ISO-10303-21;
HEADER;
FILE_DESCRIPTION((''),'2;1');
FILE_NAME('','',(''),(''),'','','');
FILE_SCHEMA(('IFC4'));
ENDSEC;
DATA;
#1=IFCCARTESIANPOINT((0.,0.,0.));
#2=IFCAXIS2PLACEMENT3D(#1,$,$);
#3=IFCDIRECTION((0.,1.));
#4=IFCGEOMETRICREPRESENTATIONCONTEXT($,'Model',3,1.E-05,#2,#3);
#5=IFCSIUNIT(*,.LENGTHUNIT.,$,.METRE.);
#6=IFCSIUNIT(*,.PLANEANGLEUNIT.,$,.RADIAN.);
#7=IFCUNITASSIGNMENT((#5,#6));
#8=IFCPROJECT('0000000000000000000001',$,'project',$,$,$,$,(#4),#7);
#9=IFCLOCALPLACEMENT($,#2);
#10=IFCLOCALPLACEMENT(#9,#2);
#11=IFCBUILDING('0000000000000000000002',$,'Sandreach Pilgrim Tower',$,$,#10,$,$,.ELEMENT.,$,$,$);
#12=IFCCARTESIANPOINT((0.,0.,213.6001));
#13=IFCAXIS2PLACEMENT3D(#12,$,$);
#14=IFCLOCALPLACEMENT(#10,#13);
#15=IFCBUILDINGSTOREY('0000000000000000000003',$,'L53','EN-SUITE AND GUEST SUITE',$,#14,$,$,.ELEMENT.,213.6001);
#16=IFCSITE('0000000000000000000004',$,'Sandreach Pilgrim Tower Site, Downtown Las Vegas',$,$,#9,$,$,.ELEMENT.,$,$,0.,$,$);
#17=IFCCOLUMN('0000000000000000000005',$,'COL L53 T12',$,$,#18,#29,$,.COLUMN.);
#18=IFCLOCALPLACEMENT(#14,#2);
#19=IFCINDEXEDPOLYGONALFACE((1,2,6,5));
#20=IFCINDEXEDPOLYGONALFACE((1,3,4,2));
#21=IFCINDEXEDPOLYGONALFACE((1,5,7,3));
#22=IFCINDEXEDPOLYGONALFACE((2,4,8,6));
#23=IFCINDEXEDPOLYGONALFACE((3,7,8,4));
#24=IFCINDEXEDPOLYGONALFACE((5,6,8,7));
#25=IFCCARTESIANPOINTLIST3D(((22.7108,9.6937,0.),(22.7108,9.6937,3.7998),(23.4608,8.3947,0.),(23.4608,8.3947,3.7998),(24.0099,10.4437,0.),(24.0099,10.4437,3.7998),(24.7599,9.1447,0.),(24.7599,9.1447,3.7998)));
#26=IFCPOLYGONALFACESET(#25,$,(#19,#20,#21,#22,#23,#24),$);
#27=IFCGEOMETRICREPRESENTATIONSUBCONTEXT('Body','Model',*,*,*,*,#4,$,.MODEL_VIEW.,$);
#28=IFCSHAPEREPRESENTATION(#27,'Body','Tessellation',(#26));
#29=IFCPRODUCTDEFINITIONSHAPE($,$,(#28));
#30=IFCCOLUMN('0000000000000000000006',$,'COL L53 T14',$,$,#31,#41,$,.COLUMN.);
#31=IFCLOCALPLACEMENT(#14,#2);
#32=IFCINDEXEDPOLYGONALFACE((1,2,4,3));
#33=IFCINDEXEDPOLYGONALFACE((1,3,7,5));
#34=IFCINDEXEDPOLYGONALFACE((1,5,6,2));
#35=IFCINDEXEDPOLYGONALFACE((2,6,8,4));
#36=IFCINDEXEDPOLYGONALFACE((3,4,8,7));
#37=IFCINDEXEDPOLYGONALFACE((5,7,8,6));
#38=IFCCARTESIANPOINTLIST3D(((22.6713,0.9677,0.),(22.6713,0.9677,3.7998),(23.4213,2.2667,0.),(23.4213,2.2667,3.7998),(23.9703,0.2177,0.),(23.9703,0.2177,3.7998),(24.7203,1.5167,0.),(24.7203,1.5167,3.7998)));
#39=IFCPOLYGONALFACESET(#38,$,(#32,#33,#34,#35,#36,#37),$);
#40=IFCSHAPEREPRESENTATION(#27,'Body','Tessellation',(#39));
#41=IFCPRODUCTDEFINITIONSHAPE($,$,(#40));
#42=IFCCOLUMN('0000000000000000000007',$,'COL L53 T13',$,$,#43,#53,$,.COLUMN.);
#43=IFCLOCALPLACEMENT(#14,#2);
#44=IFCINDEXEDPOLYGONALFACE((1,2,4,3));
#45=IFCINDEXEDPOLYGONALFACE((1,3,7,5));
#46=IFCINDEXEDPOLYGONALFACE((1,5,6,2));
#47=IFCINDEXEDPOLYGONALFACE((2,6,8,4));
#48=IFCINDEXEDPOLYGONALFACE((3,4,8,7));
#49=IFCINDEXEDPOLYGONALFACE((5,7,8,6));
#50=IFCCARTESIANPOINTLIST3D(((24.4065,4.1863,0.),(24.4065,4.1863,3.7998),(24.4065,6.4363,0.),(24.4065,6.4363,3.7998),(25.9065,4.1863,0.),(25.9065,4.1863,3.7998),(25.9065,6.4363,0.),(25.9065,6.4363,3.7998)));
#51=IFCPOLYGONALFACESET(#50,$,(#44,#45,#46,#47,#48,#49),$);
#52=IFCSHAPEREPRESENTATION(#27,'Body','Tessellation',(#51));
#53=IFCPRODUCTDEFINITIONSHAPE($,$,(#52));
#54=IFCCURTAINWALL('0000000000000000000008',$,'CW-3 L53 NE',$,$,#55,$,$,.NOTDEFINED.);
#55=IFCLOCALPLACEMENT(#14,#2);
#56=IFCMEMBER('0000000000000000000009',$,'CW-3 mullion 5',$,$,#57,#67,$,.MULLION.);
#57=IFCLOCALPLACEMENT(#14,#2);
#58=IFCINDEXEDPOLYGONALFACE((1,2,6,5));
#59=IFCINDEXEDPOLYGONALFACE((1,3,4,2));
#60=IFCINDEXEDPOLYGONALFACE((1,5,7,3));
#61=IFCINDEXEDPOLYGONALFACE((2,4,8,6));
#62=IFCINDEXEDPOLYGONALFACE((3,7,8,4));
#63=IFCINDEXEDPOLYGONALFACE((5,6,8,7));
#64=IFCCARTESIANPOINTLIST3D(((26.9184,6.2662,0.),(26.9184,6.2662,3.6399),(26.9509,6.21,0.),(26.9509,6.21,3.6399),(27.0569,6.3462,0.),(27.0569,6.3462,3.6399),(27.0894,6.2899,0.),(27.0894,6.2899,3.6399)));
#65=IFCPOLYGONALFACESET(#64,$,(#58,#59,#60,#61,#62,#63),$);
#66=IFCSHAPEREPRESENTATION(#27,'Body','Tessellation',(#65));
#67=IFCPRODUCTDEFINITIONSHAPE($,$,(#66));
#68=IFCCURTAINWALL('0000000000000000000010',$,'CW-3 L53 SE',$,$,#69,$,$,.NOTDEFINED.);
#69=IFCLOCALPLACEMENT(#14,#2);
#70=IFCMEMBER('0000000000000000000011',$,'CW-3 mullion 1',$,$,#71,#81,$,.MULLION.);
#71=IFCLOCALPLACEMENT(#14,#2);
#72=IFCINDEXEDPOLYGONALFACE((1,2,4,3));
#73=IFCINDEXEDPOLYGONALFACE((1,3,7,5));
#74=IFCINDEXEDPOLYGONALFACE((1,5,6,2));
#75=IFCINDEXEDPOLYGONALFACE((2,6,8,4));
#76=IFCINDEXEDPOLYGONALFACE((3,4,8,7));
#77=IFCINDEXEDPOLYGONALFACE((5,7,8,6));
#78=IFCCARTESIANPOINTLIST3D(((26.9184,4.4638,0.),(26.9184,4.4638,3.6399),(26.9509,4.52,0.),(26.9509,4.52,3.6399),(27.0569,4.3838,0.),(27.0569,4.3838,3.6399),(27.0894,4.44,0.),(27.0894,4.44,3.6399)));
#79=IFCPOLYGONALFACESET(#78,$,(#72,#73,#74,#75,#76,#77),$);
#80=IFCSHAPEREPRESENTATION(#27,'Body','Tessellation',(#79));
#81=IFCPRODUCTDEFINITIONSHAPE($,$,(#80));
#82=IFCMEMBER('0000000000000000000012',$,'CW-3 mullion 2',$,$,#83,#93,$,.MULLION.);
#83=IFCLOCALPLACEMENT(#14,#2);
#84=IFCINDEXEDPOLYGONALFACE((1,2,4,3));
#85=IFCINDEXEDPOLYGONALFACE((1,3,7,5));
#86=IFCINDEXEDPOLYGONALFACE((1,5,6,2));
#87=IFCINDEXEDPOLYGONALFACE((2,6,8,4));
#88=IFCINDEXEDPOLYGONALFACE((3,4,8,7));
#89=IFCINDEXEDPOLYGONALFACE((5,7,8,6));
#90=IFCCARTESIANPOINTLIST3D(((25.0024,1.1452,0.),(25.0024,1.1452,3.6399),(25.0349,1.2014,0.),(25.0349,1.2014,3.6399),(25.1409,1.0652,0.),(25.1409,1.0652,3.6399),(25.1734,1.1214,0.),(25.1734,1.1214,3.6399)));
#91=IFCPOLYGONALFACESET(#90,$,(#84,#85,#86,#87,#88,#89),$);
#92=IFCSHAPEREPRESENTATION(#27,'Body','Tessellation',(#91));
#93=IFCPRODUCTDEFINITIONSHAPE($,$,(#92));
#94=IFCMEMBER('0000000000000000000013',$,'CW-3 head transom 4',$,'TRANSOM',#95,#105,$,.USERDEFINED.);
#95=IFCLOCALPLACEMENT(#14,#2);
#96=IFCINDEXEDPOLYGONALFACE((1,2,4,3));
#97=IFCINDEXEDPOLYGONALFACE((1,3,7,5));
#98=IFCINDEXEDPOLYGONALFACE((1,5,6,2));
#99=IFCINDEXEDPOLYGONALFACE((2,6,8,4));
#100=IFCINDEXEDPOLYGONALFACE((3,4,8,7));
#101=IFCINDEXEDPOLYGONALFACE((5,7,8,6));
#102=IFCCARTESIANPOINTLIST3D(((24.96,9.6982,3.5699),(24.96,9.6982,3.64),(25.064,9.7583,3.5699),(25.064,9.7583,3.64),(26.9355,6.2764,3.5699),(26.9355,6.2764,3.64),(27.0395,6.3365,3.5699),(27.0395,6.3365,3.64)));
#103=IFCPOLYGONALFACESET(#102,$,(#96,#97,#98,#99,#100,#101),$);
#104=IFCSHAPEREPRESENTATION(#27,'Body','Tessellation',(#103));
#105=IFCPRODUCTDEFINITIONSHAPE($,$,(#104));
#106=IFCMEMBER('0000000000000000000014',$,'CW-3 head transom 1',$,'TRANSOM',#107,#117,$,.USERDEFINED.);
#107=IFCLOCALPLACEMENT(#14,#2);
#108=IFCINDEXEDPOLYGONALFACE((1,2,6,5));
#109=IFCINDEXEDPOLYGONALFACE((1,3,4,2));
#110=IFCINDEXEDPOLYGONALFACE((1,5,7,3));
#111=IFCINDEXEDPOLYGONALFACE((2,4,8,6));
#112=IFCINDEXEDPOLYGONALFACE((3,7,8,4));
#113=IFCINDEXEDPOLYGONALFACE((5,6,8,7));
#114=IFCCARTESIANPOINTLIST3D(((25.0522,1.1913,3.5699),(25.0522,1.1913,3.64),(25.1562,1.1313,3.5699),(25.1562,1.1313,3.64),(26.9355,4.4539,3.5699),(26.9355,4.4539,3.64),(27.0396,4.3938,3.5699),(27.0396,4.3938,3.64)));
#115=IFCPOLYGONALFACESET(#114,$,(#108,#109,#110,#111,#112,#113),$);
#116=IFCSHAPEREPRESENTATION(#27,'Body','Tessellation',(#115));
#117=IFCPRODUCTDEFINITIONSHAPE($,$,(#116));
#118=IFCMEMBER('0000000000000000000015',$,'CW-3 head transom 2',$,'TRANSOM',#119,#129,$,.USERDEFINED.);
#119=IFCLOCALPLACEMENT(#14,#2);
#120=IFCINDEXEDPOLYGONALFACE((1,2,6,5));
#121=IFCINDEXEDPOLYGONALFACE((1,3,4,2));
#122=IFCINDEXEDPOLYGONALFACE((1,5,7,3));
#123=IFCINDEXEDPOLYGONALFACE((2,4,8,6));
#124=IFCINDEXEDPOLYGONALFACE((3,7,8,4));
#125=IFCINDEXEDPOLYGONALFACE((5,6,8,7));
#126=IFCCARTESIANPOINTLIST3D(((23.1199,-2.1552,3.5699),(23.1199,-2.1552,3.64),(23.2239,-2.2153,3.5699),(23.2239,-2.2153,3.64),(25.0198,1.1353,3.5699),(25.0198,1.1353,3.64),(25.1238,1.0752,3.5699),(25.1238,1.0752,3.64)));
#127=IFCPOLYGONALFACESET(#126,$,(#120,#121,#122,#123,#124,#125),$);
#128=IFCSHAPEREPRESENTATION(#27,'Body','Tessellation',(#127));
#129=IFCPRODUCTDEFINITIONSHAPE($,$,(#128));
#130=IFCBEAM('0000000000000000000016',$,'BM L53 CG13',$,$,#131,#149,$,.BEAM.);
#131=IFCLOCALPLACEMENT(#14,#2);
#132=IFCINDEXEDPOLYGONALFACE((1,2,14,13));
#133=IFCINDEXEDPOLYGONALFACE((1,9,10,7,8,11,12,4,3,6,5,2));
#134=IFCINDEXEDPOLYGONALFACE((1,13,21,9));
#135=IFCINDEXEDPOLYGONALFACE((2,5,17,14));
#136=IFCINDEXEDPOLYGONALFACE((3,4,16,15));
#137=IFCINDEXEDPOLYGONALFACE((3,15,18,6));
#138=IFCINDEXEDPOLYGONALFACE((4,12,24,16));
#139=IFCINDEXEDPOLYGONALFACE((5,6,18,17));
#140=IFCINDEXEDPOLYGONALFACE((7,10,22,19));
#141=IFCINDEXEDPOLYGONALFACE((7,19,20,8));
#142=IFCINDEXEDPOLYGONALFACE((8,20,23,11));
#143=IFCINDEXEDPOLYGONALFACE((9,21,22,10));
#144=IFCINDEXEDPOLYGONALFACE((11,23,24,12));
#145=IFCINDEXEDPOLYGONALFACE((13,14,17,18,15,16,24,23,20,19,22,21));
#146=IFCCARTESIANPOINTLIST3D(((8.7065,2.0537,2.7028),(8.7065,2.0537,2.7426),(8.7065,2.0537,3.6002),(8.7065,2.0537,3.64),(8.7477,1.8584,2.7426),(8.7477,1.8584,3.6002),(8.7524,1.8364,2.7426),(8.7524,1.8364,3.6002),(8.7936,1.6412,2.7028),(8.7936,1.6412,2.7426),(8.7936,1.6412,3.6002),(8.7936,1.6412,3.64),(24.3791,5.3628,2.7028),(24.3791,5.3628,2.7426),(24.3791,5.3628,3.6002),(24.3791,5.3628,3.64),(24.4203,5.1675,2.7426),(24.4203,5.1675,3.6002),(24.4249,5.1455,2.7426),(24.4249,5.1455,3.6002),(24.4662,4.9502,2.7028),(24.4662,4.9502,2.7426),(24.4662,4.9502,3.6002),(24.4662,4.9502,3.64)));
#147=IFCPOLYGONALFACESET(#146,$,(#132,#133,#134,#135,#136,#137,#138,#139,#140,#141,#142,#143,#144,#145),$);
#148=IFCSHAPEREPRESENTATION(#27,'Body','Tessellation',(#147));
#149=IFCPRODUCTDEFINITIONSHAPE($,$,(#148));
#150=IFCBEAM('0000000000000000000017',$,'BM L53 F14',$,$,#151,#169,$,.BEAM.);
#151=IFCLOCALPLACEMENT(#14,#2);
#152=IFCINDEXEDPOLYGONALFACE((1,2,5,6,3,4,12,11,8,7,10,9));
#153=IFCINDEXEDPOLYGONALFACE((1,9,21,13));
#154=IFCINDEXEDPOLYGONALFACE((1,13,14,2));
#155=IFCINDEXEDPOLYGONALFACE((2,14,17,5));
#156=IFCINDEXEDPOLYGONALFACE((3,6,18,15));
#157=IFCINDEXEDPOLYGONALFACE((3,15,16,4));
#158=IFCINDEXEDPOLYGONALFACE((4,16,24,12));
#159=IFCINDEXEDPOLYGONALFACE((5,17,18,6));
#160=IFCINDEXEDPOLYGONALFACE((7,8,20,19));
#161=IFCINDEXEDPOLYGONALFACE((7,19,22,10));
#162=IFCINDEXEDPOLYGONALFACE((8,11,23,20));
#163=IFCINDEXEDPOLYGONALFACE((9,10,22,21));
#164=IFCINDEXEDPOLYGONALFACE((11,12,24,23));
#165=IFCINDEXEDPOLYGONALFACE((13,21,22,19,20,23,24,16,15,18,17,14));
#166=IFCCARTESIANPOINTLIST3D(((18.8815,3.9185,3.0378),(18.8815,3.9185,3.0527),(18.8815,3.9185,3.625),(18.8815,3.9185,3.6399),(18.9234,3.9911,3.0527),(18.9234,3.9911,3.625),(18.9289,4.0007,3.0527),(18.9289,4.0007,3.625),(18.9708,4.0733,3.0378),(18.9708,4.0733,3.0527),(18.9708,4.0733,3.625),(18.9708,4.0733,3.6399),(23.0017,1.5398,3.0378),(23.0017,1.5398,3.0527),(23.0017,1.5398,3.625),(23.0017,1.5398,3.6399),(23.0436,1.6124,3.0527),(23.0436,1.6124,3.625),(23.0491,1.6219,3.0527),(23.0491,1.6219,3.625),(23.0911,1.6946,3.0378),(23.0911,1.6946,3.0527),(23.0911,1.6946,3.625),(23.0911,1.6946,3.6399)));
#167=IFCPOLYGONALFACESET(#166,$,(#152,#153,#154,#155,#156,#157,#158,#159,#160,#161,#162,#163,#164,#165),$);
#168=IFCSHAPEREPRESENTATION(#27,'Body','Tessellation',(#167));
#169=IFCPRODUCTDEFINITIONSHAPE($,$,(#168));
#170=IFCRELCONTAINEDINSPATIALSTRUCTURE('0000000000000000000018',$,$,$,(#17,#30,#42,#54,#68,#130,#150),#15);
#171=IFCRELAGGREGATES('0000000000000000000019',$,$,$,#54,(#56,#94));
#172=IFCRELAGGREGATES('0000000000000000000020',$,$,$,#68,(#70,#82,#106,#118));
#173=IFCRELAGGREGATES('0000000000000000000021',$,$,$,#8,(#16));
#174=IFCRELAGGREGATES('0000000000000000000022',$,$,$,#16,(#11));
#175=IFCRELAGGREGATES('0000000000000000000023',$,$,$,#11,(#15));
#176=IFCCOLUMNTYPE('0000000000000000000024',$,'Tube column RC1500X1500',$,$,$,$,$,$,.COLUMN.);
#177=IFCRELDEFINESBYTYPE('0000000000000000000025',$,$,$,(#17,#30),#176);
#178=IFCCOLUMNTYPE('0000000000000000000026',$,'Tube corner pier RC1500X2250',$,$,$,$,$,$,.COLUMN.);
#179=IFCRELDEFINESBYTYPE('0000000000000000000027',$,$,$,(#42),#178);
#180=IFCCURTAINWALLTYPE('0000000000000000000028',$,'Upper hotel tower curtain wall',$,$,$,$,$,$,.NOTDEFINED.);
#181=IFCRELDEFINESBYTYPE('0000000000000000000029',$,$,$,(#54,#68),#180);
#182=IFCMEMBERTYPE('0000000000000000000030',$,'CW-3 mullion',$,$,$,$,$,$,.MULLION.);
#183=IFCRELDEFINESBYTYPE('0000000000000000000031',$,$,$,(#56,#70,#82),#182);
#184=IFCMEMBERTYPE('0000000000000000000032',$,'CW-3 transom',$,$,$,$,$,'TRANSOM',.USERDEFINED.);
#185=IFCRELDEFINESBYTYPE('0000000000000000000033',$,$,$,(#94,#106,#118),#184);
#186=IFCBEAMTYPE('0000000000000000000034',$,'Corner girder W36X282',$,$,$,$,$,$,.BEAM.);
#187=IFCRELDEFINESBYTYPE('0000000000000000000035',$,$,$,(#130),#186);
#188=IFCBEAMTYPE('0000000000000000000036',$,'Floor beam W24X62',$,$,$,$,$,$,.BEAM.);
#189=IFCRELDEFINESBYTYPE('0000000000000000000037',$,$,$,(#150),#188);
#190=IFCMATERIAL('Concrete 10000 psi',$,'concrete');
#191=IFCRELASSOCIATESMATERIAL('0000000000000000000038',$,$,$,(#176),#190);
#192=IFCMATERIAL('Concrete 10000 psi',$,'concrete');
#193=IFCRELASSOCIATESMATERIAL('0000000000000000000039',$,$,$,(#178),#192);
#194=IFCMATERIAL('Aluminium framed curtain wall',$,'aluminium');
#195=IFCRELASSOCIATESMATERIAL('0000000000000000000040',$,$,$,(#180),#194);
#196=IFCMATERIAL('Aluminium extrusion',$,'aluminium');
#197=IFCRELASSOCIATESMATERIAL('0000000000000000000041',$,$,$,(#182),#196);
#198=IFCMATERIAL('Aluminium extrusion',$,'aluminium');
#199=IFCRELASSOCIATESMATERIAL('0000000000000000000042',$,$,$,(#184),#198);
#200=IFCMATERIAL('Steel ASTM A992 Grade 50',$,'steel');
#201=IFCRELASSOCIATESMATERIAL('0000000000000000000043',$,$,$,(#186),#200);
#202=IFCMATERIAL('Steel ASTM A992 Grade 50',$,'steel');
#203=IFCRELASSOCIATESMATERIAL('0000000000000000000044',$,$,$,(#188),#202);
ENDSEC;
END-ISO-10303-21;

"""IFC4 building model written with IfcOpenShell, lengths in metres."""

from ifc_helpers import new_model, si_unit, direction, frame, origin, origin_2d, place, context, subcontext, project, spatial, rectangle, i_section, extrude, material, material_profile, profile_set, type_object, element, aggregate, save


model = new_model("IFC4")

# Units and contexts
model_context = context("Model", 3, precision=1e-05, world=origin(), true_north=direction((0.0, 1.0)))
body_context = subcontext(model_context, "Body", "Model", "MODEL_VIEW")
ifc_project = project(units=[si_unit("LENGTHUNIT", "METRE"), si_unit("PLANEANGLEUNIT", "RADIAN")], contexts=[model_context])

# Site, building, storey
site_placement = place(None, origin())
site = spatial("IfcSite", under=ifc_project, at=site_placement, Name="Sandreach Pilgrim Tower Site, Downtown Las Vegas", CompositionType="ELEMENT", RefElevation=0.0)
building_placement = place(site_placement, origin())
building = spatial("IfcBuilding", under=site, at=building_placement, Name="Sandreach Pilgrim Tower", CompositionType="ELEMENT")
storey_placement = place(building_placement, frame((0.0, 0.0, 213.6001)))
storey = spatial("IfcBuildingStorey", under=building, at=storey_placement, Name="L53", Description="EN-SUITE AND GUEST SUITE", CompositionType="ELEMENT", Elevation=213.6001)

# Columns
ifc_material_1 = material(Name="Concrete 10000 psi", Category="concrete")
ifc_material_profile_1 = material_profile(ifc_material_1, rectangle(XDim=1.5, YDim=1.5, at=origin_2d()), Name="RC1500X1500")
ifc_profile_set_1 = profile_set([ifc_material_profile_1], Name="Concrete 10000 psi")
column_type_1 = type_object("IfcColumnType", Name="Tube column RC1500X1500", PredefinedType="COLUMN", material=ifc_profile_set_1)
for number, where, z_axis, x_axis, name in (
    (1, (23.7354, 9.4192, 0.0), (0.0, 0.0, 1.0), (0.866025, 0.5, 0.0), "COL L53 T12"),
    (2, (23.6958, 1.2422, 0.0), (0.0, 0.0, 1.0), (0.866025, -0.5, 0.0), "COL L53 T14"),
):
    element("IfcColumn", number, at=place(storey_placement, frame(where, z_axis=z_axis, x_axis=x_axis)), inside=storey, type_object=column_type_1, Name=name, PredefinedType="COLUMN", context=body_context, shape_type="SweptSolid", body=[
        extrude(rectangle(XDim=1.5, YDim=1.5, at=origin_2d()), origin(), (0.0, 0.0, 1.0), 3.7998),
    ])
ifc_material_2 = material(Name="Concrete 10000 psi", Category="concrete")
ifc_material_profile_2 = material_profile(ifc_material_2, rectangle(XDim=1.5, YDim=2.25, at=origin_2d()), Name="RC1500X2250")
ifc_profile_set_2 = profile_set([ifc_material_profile_2], Name="Concrete 10000 psi")
column_type_2 = type_object("IfcColumnType", Name="Tube corner pier RC1500X2250", PredefinedType="COLUMN", material=ifc_profile_set_2)
column_placement = place(storey_placement, frame((25.1565, 5.3113, 0.0), z_axis=(0.0, 0.0, 1.0), x_axis=(1.0, 0.0, 0.0)))
element("IfcColumn", 3, at=column_placement, inside=storey, type_object=column_type_2, Name="COL L53 T13", PredefinedType="COLUMN", context=body_context, shape_type="SweptSolid", body=[
    extrude(rectangle(XDim=1.5, YDim=2.25, at=origin_2d()), origin(), (0.0, 0.0, 1.0), 3.7998),
])

# Curtain wall, member
ifc_material_3 = material(Name="Aluminium framed curtain wall", Category="aluminium")
curtain_wall_type = type_object("IfcCurtainWallType", Name="Upper hotel tower curtain wall", PredefinedType="NOTDEFINED", material=ifc_material_3)
curtain_wall_1_placement = place(storey_placement, origin())
curtain_wall_1 = element("IfcCurtainWall", 4, at=curtain_wall_1_placement, inside=storey, type_object=curtain_wall_type, Name="CW-3 L53 NE", PredefinedType="NOTDEFINED")
ifc_material_4 = material(Name="Aluminium extrusion", Category="aluminium")
ifc_material_profile_3 = material_profile(ifc_material_4, rectangle(XDim=0.0649, YDim=0.1599, at=origin_2d()), Name="CW-3M 65X160")
ifc_profile_set_3 = profile_set([ifc_material_profile_3], Name="Aluminium extrusion")
member_type_1 = type_object("IfcMemberType", Name="CW-3 mullion", PredefinedType="MULLION", material=ifc_profile_set_3)
member_1_placement = place(storey_placement, frame((27.0039, 6.2781, 0.0), z_axis=(0.0, 0.0, 1.0), x_axis=(0.5, -0.866025, 0.0)))
member_1 = element("IfcMember", 5, at=member_1_placement, type_object=member_type_1, Name="CW-3 mullion 5", PredefinedType="MULLION", context=body_context, shape_type="SweptSolid", body=[
    extrude(rectangle(XDim=0.0649, YDim=0.1599, at=origin_2d()), origin(), (0.0, 0.0, 1.0), 3.6399),
])

# Curtain wall, members
curtain_wall_2_placement = place(storey_placement, origin())
curtain_wall_2 = element("IfcCurtainWall", 6, at=curtain_wall_2_placement, inside=storey, type_object=curtain_wall_type, Name="CW-3 L53 SE", PredefinedType="NOTDEFINED")
member_2_placement = place(storey_placement, frame((27.0039, 4.4519, 0.0), z_axis=(0.0, 0.0, 1.0), x_axis=(-0.5, -0.866025, 0.0)))
member_2 = element("IfcMember", 7, at=member_2_placement, type_object=member_type_1, Name="CW-3 mullion 1", PredefinedType="MULLION", context=body_context, shape_type="SweptSolid", body=[
    extrude(rectangle(XDim=0.0649, YDim=0.1599, at=origin_2d()), origin(), (0.0, 0.0, 1.0), 3.6399),
])
member_3_placement = place(storey_placement, frame((25.0879, 1.1333, 0.0), z_axis=(0.0, 0.0, 1.0), x_axis=(-0.5, -0.866025, 0.0)))
member_3 = element("IfcMember", 8, at=member_3_placement, type_object=member_type_1, Name="CW-3 mullion 2", PredefinedType="MULLION", context=body_context, shape_type="SweptSolid", body=[
    extrude(rectangle(XDim=0.0649, YDim=0.1599, at=origin_2d()), origin(), (0.0, 0.0, 1.0), 3.6399),
])

# Members
ifc_material_5 = material(Name="Aluminium extrusion", Category="aluminium")
ifc_material_profile_4 = material_profile(ifc_material_5, rectangle(XDim=0.1201, YDim=0.0701, at=origin_2d()), Name="CW-3T 120X70")
ifc_profile_set_4 = profile_set([ifc_material_profile_4], Name="Aluminium extrusion")
member_type_2 = type_object("IfcMemberType", Name="CW-3 transom", ElementType="TRANSOM", PredefinedType="USERDEFINED", material=ifc_profile_set_4)
member_4_placement = place(storey_placement, frame((25.012, 9.7283, 3.605), z_axis=(0.499993, -0.866029, 0.0), x_axis=(0.866029, 0.499993, 0.0)))
member_4 = element("IfcMember", 9, at=member_4_placement, type_object=member_type_2, Name="CW-3 head transom 4", ObjectType="TRANSOM", PredefinedType="USERDEFINED", context=body_context, shape_type="SweptSolid", body=[
    extrude(rectangle(XDim=0.1201, YDim=0.0701, at=origin_2d()), origin(), (0.0, 0.0, 1.0), 3.9512),
])
member_5_placement = place(storey_placement, frame((26.9875, 4.4238, 3.605), z_axis=(-0.499945, -0.866057, 0.0), x_axis=(0.866057, -0.499945, 0.0)))
member_5 = element("IfcMember", 10, at=member_5_placement, type_object=member_type_2, Name="CW-3 head transom 1", ObjectType="TRANSOM", PredefinedType="USERDEFINED", context=body_context, shape_type="SweptSolid", body=[
    extrude(rectangle(XDim=0.1201, YDim=0.0701, at=origin_2d()), origin(), (0.0, 0.0, 1.0), 3.7671),
])
member_6_placement = place(storey_placement, frame((25.0718, 1.1052, 3.605), z_axis=(-0.500023, -0.866012, 0.0), x_axis=(0.866012, -0.500023, 0.0)))
member_6 = element("IfcMember", 11, at=member_6_placement, type_object=member_type_2, Name="CW-3 head transom 2", ObjectType="TRANSOM", PredefinedType="USERDEFINED", context=body_context, shape_type="SweptSolid", body=[
    extrude(rectangle(XDim=0.1201, YDim=0.0701, at=origin_2d()), origin(), (0.0, 0.0, 1.0), 3.7996),
])

# Beams
ifc_material_6 = material(Name="Steel ASTM A992 Grade 50", Category="steel")
ifc_material_profile_5 = material_profile(ifc_material_6, i_section(OverallWidth=0.4216, OverallDepth=0.9373, WebThickness=0.0225, FlangeThickness=0.0398, at=origin_2d()), Name="W36X282")
ifc_profile_set_5 = profile_set([ifc_material_profile_5], Name="Steel ASTM A992 Grade 50")
beam_type_1 = type_object("IfcBeamType", Name="Corner girder W36X282", PredefinedType="BEAM", material=ifc_profile_set_5)
beam_1_placement = place(storey_placement, frame((24.4226, 5.1565, 3.1714), z_axis=(-0.978429, -0.206583, 0.0), x_axis=(0.206583, -0.978429, 0.0)))
element("IfcBeam", 12, at=beam_1_placement, inside=storey, type_object=beam_type_1, Name="BM L53 CG13", PredefinedType="BEAM", context=body_context, shape_type="SweptSolid", body=[
    extrude(i_section(OverallWidth=0.4216, OverallDepth=0.9373, WebThickness=0.0225, FlangeThickness=0.0398, at=origin_2d()), origin(), (0.0, 0.0, 1.0), 16.0181),
])
ifc_material_7 = material(Name="Steel ASTM A992 Grade 50", Category="steel")
ifc_material_profile_6 = material_profile(ifc_material_7, i_section(OverallWidth=0.1787, OverallDepth=0.6021, WebThickness=0.011, FlangeThickness=0.0149, at=origin_2d()), Name="W24X62")
ifc_profile_set_6 = profile_set([ifc_material_profile_6], Name="Steel ASTM A992 Grade 50")
beam_type_2 = type_object("IfcBeamType", Name="Floor beam W24X62", PredefinedType="BEAM", material=ifc_profile_set_6)
beam_2_placement = place(storey_placement, frame((23.0464, 1.6172, 3.3389), z_axis=(-0.866033, 0.499986, 0.0), x_axis=(-0.499986, -0.866033, 0.0)))
element("IfcBeam", 13, at=beam_2_placement, inside=storey, type_object=beam_type_2, Name="BM L53 F14", PredefinedType="BEAM", context=body_context, shape_type="SweptSolid", body=[
    extrude(i_section(OverallWidth=0.1787, OverallDepth=0.6021, WebThickness=0.011, FlangeThickness=0.0149, at=origin_2d()), origin(), (0.0, 0.0, 1.0), 4.7576),
])

aggregate(curtain_wall_1, [member_1, member_4])
aggregate(curtain_wall_2, [member_2, member_3, member_5, member_6])

save(model, "model.ifc")
